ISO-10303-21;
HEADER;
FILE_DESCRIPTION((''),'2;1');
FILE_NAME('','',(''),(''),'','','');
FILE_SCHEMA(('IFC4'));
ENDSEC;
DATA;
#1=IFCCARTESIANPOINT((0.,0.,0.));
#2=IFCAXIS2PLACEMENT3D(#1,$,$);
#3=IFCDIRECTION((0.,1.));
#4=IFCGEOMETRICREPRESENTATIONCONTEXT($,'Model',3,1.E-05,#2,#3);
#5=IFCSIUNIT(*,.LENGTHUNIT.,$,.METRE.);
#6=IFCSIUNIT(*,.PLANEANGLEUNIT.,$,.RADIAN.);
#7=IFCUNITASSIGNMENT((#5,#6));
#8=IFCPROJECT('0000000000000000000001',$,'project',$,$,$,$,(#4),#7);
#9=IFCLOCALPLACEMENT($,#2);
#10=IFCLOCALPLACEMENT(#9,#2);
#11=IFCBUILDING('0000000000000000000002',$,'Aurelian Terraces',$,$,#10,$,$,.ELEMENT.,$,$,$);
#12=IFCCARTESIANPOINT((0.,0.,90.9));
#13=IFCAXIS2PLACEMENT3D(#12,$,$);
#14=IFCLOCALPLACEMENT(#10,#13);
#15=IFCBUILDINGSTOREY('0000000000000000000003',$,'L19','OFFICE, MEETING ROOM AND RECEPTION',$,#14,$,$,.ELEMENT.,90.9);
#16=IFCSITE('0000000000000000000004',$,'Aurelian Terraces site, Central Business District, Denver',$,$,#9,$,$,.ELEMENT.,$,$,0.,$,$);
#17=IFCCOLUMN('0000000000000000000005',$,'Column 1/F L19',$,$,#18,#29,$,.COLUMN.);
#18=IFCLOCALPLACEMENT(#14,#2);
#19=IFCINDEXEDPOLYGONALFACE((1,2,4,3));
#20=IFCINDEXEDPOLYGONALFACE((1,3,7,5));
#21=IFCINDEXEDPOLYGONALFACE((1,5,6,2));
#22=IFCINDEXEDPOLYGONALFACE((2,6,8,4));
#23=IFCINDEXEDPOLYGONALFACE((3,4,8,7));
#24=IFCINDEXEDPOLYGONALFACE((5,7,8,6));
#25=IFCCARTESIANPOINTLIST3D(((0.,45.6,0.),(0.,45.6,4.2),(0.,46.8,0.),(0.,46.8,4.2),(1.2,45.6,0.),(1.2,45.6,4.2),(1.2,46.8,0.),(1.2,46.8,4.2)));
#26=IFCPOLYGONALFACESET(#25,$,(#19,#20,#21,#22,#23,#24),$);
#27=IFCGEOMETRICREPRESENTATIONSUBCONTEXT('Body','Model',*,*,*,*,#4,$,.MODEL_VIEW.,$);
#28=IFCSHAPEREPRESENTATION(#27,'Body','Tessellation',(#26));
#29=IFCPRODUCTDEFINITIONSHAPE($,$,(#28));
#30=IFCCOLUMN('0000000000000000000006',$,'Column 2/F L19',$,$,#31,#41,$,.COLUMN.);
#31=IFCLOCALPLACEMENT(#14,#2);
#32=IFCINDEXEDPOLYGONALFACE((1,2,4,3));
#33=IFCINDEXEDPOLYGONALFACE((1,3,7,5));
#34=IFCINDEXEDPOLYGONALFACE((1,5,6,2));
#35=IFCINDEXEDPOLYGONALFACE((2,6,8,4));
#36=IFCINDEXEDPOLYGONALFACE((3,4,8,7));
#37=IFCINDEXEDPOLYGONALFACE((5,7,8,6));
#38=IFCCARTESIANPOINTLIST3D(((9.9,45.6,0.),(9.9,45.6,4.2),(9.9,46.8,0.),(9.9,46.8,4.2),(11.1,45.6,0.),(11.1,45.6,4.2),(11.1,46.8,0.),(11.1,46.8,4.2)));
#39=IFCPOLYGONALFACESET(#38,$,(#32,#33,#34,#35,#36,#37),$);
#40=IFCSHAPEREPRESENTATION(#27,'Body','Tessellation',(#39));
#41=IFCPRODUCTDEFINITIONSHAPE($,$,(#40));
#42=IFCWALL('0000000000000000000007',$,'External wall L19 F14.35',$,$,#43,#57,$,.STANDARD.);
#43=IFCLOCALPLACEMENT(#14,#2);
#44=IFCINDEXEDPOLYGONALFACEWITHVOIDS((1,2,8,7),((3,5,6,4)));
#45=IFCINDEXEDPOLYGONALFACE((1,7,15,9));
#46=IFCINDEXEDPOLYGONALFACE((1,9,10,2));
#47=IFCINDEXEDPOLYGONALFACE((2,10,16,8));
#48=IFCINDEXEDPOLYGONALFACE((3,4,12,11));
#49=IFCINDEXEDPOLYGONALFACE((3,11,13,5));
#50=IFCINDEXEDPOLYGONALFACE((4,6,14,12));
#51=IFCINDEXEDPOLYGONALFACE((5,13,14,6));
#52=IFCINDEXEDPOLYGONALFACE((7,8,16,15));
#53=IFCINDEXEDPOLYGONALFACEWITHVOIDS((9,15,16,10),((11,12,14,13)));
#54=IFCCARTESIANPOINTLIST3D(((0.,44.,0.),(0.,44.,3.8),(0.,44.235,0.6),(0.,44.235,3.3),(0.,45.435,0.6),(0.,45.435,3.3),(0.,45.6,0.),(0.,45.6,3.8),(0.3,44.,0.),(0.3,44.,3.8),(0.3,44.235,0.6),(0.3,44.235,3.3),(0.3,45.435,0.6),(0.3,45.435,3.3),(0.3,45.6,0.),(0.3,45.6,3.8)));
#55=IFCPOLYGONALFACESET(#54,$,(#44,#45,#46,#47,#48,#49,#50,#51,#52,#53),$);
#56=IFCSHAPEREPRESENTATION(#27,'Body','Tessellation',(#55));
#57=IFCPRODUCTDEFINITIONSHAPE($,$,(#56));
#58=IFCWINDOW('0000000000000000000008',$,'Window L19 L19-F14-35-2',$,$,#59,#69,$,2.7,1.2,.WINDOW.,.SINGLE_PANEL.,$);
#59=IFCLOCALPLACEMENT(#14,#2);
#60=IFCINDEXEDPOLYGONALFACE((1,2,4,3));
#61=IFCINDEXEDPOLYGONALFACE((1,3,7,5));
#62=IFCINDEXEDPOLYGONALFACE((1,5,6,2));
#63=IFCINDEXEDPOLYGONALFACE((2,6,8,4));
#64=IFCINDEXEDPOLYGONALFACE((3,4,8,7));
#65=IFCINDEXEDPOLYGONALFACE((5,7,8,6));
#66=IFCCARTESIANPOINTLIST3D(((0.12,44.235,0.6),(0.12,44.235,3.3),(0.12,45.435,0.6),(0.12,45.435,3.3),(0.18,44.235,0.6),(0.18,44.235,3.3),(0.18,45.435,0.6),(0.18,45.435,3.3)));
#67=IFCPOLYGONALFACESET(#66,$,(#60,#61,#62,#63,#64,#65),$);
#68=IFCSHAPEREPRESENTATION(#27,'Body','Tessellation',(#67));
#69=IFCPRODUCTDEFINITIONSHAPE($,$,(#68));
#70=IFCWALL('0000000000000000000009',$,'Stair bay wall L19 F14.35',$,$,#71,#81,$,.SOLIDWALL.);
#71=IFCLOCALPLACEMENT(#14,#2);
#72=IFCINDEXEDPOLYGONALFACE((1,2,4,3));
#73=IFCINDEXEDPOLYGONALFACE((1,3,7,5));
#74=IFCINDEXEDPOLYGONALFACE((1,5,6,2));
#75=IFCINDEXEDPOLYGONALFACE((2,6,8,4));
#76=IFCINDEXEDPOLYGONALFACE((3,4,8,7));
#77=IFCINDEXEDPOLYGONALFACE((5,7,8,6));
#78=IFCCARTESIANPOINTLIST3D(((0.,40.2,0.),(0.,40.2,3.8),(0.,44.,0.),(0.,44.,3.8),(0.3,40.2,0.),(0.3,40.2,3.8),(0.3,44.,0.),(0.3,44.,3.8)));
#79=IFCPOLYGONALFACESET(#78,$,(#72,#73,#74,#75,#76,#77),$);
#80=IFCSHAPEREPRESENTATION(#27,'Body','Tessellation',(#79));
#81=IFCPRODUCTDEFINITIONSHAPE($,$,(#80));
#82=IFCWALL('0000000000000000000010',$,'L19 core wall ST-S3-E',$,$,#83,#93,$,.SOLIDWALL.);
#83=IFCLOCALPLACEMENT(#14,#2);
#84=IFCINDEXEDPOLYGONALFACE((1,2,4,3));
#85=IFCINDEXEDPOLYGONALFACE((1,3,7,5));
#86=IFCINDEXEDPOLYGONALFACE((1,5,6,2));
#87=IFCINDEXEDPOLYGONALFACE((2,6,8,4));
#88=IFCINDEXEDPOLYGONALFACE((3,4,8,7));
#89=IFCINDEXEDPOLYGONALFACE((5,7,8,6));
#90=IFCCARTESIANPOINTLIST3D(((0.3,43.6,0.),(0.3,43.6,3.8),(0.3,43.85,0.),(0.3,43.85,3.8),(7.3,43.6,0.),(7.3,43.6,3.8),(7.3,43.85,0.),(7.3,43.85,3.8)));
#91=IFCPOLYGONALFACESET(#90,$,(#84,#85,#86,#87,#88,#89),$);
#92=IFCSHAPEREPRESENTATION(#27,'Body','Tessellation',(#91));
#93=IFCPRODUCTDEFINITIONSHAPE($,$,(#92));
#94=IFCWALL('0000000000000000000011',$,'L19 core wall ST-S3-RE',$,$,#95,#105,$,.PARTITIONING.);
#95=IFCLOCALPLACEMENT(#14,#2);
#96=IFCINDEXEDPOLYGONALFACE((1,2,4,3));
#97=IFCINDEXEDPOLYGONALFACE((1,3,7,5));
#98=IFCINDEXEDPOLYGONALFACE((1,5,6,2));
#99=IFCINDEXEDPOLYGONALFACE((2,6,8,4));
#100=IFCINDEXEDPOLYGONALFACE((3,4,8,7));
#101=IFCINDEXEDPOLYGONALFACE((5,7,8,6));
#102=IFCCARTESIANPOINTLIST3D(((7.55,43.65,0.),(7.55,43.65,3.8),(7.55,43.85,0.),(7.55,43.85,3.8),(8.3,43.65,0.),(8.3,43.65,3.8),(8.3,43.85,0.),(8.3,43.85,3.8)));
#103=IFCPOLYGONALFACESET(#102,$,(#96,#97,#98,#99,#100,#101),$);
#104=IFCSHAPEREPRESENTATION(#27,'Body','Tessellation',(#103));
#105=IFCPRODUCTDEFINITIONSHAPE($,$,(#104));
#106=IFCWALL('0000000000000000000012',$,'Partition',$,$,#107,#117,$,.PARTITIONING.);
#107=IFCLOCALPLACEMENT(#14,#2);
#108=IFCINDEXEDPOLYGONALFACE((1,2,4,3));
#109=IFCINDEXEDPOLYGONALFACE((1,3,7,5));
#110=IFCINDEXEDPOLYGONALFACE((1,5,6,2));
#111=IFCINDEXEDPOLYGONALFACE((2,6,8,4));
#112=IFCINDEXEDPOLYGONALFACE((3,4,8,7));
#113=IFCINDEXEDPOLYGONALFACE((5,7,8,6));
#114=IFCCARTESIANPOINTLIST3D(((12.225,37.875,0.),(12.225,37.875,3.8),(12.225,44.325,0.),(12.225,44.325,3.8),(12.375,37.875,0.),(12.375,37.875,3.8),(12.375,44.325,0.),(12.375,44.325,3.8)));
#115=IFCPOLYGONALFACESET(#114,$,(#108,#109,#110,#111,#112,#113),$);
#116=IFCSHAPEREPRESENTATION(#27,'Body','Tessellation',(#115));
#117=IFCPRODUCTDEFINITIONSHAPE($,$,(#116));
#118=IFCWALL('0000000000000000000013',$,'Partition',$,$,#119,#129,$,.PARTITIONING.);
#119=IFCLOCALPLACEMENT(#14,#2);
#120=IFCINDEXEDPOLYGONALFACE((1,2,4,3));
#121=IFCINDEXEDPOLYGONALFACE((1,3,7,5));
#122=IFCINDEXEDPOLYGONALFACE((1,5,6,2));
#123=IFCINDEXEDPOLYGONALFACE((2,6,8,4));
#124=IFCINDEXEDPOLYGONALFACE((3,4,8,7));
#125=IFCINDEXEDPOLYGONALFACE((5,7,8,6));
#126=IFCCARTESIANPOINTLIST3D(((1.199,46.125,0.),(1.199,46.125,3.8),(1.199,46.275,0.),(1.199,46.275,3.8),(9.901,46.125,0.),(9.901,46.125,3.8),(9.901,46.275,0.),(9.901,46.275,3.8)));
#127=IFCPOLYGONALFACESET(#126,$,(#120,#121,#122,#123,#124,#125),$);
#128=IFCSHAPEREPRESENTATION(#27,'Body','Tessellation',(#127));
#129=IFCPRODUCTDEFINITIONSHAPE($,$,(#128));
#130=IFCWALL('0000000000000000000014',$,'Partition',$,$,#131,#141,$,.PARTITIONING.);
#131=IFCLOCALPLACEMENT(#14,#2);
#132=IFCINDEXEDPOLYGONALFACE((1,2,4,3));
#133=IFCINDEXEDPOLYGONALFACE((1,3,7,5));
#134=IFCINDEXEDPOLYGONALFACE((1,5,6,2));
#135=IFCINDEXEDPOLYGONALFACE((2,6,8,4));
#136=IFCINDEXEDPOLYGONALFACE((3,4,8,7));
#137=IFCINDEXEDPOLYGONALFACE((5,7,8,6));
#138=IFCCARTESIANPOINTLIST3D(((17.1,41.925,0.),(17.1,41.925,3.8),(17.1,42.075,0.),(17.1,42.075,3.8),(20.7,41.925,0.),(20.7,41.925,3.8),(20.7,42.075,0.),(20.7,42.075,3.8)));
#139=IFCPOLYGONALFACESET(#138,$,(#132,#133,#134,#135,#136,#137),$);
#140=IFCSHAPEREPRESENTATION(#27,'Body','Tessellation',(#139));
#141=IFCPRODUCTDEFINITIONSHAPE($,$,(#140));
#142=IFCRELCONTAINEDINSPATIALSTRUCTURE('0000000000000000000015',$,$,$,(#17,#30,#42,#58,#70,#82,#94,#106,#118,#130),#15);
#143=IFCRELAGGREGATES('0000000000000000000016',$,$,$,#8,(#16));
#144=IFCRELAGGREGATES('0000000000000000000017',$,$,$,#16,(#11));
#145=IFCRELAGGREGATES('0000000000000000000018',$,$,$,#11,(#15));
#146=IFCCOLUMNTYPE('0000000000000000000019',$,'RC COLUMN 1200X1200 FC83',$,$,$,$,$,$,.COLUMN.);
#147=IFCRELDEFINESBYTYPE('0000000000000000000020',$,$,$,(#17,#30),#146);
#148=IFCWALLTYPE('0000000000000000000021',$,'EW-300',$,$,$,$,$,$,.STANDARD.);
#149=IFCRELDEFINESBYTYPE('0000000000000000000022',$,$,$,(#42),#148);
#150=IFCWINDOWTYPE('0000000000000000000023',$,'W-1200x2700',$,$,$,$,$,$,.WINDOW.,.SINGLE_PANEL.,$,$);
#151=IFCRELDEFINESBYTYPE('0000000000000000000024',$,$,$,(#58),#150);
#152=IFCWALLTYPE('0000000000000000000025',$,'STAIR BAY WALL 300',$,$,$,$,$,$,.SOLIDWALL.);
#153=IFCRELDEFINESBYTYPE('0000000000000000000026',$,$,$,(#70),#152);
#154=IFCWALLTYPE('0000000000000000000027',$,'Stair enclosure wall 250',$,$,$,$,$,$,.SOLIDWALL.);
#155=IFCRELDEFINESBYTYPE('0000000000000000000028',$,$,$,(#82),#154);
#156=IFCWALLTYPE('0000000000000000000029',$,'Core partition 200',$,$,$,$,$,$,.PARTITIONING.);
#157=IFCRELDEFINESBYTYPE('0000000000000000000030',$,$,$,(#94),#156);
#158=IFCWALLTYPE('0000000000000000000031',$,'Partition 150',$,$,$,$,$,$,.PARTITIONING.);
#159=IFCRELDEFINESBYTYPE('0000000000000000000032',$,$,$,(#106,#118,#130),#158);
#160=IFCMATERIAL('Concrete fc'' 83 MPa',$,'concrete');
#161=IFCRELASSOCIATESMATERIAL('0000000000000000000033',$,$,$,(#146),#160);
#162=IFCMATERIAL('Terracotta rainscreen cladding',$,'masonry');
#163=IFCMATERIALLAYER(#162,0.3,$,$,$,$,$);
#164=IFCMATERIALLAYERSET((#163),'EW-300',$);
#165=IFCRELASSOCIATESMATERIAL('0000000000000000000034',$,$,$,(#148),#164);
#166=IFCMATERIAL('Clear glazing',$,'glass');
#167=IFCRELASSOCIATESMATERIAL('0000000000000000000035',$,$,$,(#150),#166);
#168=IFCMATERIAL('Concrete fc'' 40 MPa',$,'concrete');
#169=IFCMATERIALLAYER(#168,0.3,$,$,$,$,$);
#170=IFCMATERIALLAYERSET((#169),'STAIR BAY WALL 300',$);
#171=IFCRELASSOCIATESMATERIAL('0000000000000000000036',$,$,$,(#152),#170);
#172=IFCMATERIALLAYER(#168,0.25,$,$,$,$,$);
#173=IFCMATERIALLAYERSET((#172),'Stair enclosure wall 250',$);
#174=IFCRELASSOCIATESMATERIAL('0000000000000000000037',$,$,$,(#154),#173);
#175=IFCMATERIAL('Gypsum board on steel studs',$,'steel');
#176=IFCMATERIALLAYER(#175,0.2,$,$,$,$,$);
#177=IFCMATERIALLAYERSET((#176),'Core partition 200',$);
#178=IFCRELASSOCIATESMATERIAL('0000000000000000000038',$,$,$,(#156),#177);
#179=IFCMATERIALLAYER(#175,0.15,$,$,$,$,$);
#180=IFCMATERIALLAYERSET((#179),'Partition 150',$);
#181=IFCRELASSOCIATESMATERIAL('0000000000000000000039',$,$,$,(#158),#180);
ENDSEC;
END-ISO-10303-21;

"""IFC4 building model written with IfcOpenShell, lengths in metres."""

from ifc_helpers import new_model, si_unit, direction, frame, frame_2d, origin, origin_2d, place, context, subcontext, project, spatial, rectangle, extrude, source, transform, mapped, material, layer, layer_set, material_profile, profile_set, type_object, element, fill, save


model = new_model("IFC4")

# Units and contexts
model_context = context("Model", 3, precision=1e-05, world=origin(), true_north=direction((0.0, 1.0)))
body_context = subcontext(model_context, "Body", "Model", "MODEL_VIEW")
ifc_project = project(units=[si_unit("LENGTHUNIT", "METRE"), si_unit("PLANEANGLEUNIT", "RADIAN")], contexts=[model_context])

# Site, building, storey
site_placement = place(None, origin())
site = spatial("IfcSite", under=ifc_project, at=site_placement, Name="Aurelian Terraces site, Central Business District, Denver", CompositionType="ELEMENT", RefElevation=0.0)
building_placement = place(site_placement, origin())
building = spatial("IfcBuilding", under=site, at=building_placement, Name="Aurelian Terraces", CompositionType="ELEMENT")
storey_placement = place(building_placement, frame((0.0, 0.0, 90.9)))
storey = spatial("IfcBuildingStorey", under=building, at=storey_placement, Name="L19", Description="OFFICE, MEETING ROOM AND RECEPTION", CompositionType="ELEMENT", Elevation=90.9)

# Columns
ifc_material_1 = material(Name="Concrete fc' 83 MPa", Category="concrete")
ifc_material_profile = material_profile(ifc_material_1, rectangle(XDim=1.2, YDim=1.2, at=origin_2d()))
ifc_profile_set = profile_set([ifc_material_profile], Name="Concrete fc' 83 MPa")
column_type = type_object("IfcColumnType", Name="RC COLUMN 1200X1200 FC83", PredefinedType="COLUMN", material=ifc_profile_set)
shared_shape_1 = source(origin(), body_context, "Body", "SweptSolid", [
    extrude(rectangle(XDim=1.2, YDim=1.2, at=origin_2d()), origin(), (0.0, 0.0, 1.0), 4.2),
])
for number, where, z_axis, x_axis, name in (
    (1, (0.6, 46.2, 0.0), (0.0, 0.0, 1.0), (1.0, 0.0, 0.0), "Column 1/F L19"),
    (2, (10.5, 46.2, 0.0), (0.0, 0.0, 1.0), (1.0, 0.0, 0.0), "Column 2/F L19"),
):
    element("IfcColumn", number, at=place(storey_placement, frame(where, z_axis=z_axis, x_axis=x_axis)), inside=storey, type_object=column_type, Name=name, PredefinedType="COLUMN", context=body_context, shape_type="MappedRepresentation", body=[
        mapped(shared_shape_1, transform((0.0, 0.0, 0.0), scale=1.0)),
    ])

# Wall, opening, window
ifc_material_2 = material(Name="Terracotta rainscreen cladding", Category="masonry")
ifc_layer_1 = layer(ifc_material_2, 0.3)
ifc_layer_set_1 = layer_set([ifc_layer_1], Name="EW-300")
wall_type_1 = type_object("IfcWallType", Name="EW-300", PredefinedType="STANDARD", material=ifc_layer_set_1)
shared_shape_2 = source(origin(), body_context, "Body", "SweptSolid", [
    extrude(rectangle(XDim=1.6, YDim=0.3, at=frame_2d((0.8, 0.0))), origin(), (0.0, 0.0, 1.0), 3.8),
])
wall_1_placement = place(storey_placement, frame((0.15, 45.6, 0.0), z_axis=(0.0, 0.0, 1.0), x_axis=(0.0, -1.0, 0.0)))
wall_1 = element("IfcWall", 3, at=wall_1_placement, inside=storey, type_object=wall_type_1, Name="External wall L19 F14.35", PredefinedType="STANDARD", context=body_context, shape_type="MappedRepresentation", body=[
    mapped(shared_shape_2, transform((0.0, 0.0, 0.0), scale=1.0)),
])
shared_shape_3 = source(origin(), body_context, "Body", "SweptSolid", [
    extrude(rectangle(XDim=1.2, YDim=2.7, at=frame_2d((0.6, 1.35))), frame((0.0, 0.16, 0.0), z_axis=(0.0, -1.0, 0.0), x_axis=(1.0, 0.0, 0.0)), (0.0, 0.0, 1.0), 0.32),
])
opening_1_placement = place(wall_1_placement, frame((0.165, 0.0, 0.6)))
opening_1 = element("IfcOpeningElement", 4, at=opening_1_placement, cuts=wall_1, PredefinedType="OPENING", context=body_context, shape_type="MappedRepresentation", body=[
    mapped(shared_shape_3, transform((0.0, 0.0, 0.0), scale=1.0)),
])
ifc_material_3 = material(Name="Clear glazing", Category="glass")
window_type = type_object("IfcWindowType", Name="W-1200x2700", PartitioningType="SINGLE_PANEL", PredefinedType="WINDOW", material=ifc_material_3)
shared_shape_4 = source(origin(), body_context, "Body", "SweptSolid", [
    extrude(rectangle(XDim=1.2, YDim=2.7, at=frame_2d((0.6, 1.35))), frame((0.0, 0.03, 0.0), z_axis=(0.0, -1.0, 0.0), x_axis=(1.0, 0.0, 0.0)), (0.0, 0.0, 1.0), 0.06),
])
window_placement = place(opening_1_placement, origin())
window = element("IfcWindow", 5, at=window_placement, inside=storey, type_object=window_type, Name="Window L19 L19-F14-35-2", OverallHeight=2.7, OverallWidth=1.2, PartitioningType="SINGLE_PANEL", PredefinedType="WINDOW", context=body_context, shape_type="MappedRepresentation", body=[
    mapped(shared_shape_4, transform((0.0, 0.0, 0.0), scale=1.0)),
])
fill(opening_1, window)

# Walls
ifc_material_4 = material(Name="Concrete fc' 40 MPa", Category="concrete")
ifc_layer_2 = layer(ifc_material_4, 0.3)
ifc_layer_set_2 = layer_set([ifc_layer_2], Name="STAIR BAY WALL 300")
wall_type_2 = type_object("IfcWallType", Name="STAIR BAY WALL 300", PredefinedType="SOLIDWALL", material=ifc_layer_set_2)
shared_shape_5 = source(origin(), body_context, "Body", "SweptSolid", [
    extrude(rectangle(XDim=3.8, YDim=0.3, at=frame_2d((1.9, 0.0))), origin(), (0.0, 0.0, 1.0), 3.8),
])
wall_2_placement = place(storey_placement, frame((0.15, 44.0, 0.0), z_axis=(0.0, 0.0, 1.0), x_axis=(0.0, -1.0, 0.0)))
element("IfcWall", 6, at=wall_2_placement, inside=storey, type_object=wall_type_2, Name="Stair bay wall L19 F14.35", PredefinedType="SOLIDWALL", context=body_context, shape_type="MappedRepresentation", body=[
    mapped(shared_shape_5, transform((0.0, 0.0, 0.0), scale=1.0)),
])
ifc_layer_3 = layer(ifc_material_4, 0.25)
ifc_layer_set_3 = layer_set([ifc_layer_3], Name="Stair enclosure wall 250")
wall_type_3 = type_object("IfcWallType", Name="Stair enclosure wall 250", PredefinedType="SOLIDWALL", material=ifc_layer_set_3)
shared_shape_6 = source(origin(), body_context, "Body", "SweptSolid", [
    extrude(rectangle(XDim=7.0, YDim=0.25, at=frame_2d((3.5, 0.0))), origin(), (0.0, 0.0, 1.0), 3.8),
])
wall_3_placement = place(storey_placement, frame((0.3, 43.725, 0.0), z_axis=(0.0, 0.0, 1.0), x_axis=(1.0, 0.0, 0.0)))
element("IfcWall", 7, at=wall_3_placement, inside=storey, type_object=wall_type_3, Name="L19 core wall ST-S3-E", PredefinedType="SOLIDWALL", context=body_context, shape_type="MappedRepresentation", body=[
    mapped(shared_shape_6, transform((0.0, 0.0, 0.0), scale=1.0)),
])
ifc_material_5 = material(Name="Gypsum board on steel studs", Category="steel")
ifc_layer_4 = layer(ifc_material_5, 0.2)
ifc_layer_set_4 = layer_set([ifc_layer_4], Name="Core partition 200")
wall_type_4 = type_object("IfcWallType", Name="Core partition 200", PredefinedType="PARTITIONING", material=ifc_layer_set_4)
shared_shape_7 = source(origin(), body_context, "Body", "SweptSolid", [
    extrude(rectangle(XDim=0.75, YDim=0.2, at=frame_2d((0.375, 0.0))), origin(), (0.0, 0.0, 1.0), 3.8),
])
wall_4_placement = place(storey_placement, frame((7.55, 43.75, 0.0), z_axis=(0.0, 0.0, 1.0), x_axis=(1.0, 0.0, 0.0)))
element("IfcWall", 8, at=wall_4_placement, inside=storey, type_object=wall_type_4, Name="L19 core wall ST-S3-RE", PredefinedType="PARTITIONING", context=body_context, shape_type="MappedRepresentation", body=[
    mapped(shared_shape_7, transform((0.0, 0.0, 0.0), scale=1.0)),
])
ifc_layer_5 = layer(ifc_material_5, 0.15)
ifc_layer_set_5 = layer_set([ifc_layer_5], Name="Partition 150")
wall_type_5 = type_object("IfcWallType", Name="Partition 150", PredefinedType="PARTITIONING", material=ifc_layer_set_5)
shared_shape_8 = source(origin(), body_context, "Body", "SweptSolid", [
    extrude(rectangle(XDim=6.45, YDim=0.15, at=frame_2d((3.225, 0.0))), origin(), (0.0, 0.0, 1.0), 3.8),
])
wall_5_placement = place(storey_placement, frame((12.3, 44.325, 0.0), z_axis=(0.0, 0.0, 1.0), x_axis=(0.0, -1.0, 0.0)))
element("IfcWall", 9, at=wall_5_placement, inside=storey, type_object=wall_type_5, Name="Partition", PredefinedType="PARTITIONING", context=body_context, shape_type="MappedRepresentation", body=[
    mapped(shared_shape_8, transform((0.0, 0.0, 0.0), scale=1.0)),
])
shared_shape_9 = source(origin(), body_context, "Body", "SweptSolid", [
    extrude(rectangle(XDim=8.702, YDim=0.15, at=frame_2d((4.351, 0.0))), origin(), (0.0, 0.0, 1.0), 3.8),
])
wall_6_placement = place(storey_placement, frame((9.901, 46.2, 0.0), z_axis=(0.0, 0.0, 1.0), x_axis=(-1.0, 0.0, 0.0)))
element("IfcWall", 10, at=wall_6_placement, inside=storey, type_object=wall_type_5, Name="Partition", PredefinedType="PARTITIONING", context=body_context, shape_type="MappedRepresentation", body=[
    mapped(shared_shape_9, transform((0.0, 0.0, 0.0), scale=1.0)),
])
shared_shape_10 = source(origin(), body_context, "Body", "SweptSolid", [
    extrude(rectangle(XDim=3.6, YDim=0.15, at=frame_2d((1.8, 0.0))), origin(), (0.0, 0.0, 1.0), 3.8),
])
wall_7_placement = place(storey_placement, frame((17.1, 42.0, 0.0), z_axis=(0.0, 0.0, 1.0), x_axis=(1.0, 0.0, 0.0)))
element("IfcWall", 11, at=wall_7_placement, inside=storey, type_object=wall_type_5, Name="Partition", PredefinedType="PARTITIONING", context=body_context, shape_type="MappedRepresentation", body=[
    mapped(shared_shape_10, transform((0.0, 0.0, 0.0), scale=1.0)),
])

save(model, "model.ifc")
